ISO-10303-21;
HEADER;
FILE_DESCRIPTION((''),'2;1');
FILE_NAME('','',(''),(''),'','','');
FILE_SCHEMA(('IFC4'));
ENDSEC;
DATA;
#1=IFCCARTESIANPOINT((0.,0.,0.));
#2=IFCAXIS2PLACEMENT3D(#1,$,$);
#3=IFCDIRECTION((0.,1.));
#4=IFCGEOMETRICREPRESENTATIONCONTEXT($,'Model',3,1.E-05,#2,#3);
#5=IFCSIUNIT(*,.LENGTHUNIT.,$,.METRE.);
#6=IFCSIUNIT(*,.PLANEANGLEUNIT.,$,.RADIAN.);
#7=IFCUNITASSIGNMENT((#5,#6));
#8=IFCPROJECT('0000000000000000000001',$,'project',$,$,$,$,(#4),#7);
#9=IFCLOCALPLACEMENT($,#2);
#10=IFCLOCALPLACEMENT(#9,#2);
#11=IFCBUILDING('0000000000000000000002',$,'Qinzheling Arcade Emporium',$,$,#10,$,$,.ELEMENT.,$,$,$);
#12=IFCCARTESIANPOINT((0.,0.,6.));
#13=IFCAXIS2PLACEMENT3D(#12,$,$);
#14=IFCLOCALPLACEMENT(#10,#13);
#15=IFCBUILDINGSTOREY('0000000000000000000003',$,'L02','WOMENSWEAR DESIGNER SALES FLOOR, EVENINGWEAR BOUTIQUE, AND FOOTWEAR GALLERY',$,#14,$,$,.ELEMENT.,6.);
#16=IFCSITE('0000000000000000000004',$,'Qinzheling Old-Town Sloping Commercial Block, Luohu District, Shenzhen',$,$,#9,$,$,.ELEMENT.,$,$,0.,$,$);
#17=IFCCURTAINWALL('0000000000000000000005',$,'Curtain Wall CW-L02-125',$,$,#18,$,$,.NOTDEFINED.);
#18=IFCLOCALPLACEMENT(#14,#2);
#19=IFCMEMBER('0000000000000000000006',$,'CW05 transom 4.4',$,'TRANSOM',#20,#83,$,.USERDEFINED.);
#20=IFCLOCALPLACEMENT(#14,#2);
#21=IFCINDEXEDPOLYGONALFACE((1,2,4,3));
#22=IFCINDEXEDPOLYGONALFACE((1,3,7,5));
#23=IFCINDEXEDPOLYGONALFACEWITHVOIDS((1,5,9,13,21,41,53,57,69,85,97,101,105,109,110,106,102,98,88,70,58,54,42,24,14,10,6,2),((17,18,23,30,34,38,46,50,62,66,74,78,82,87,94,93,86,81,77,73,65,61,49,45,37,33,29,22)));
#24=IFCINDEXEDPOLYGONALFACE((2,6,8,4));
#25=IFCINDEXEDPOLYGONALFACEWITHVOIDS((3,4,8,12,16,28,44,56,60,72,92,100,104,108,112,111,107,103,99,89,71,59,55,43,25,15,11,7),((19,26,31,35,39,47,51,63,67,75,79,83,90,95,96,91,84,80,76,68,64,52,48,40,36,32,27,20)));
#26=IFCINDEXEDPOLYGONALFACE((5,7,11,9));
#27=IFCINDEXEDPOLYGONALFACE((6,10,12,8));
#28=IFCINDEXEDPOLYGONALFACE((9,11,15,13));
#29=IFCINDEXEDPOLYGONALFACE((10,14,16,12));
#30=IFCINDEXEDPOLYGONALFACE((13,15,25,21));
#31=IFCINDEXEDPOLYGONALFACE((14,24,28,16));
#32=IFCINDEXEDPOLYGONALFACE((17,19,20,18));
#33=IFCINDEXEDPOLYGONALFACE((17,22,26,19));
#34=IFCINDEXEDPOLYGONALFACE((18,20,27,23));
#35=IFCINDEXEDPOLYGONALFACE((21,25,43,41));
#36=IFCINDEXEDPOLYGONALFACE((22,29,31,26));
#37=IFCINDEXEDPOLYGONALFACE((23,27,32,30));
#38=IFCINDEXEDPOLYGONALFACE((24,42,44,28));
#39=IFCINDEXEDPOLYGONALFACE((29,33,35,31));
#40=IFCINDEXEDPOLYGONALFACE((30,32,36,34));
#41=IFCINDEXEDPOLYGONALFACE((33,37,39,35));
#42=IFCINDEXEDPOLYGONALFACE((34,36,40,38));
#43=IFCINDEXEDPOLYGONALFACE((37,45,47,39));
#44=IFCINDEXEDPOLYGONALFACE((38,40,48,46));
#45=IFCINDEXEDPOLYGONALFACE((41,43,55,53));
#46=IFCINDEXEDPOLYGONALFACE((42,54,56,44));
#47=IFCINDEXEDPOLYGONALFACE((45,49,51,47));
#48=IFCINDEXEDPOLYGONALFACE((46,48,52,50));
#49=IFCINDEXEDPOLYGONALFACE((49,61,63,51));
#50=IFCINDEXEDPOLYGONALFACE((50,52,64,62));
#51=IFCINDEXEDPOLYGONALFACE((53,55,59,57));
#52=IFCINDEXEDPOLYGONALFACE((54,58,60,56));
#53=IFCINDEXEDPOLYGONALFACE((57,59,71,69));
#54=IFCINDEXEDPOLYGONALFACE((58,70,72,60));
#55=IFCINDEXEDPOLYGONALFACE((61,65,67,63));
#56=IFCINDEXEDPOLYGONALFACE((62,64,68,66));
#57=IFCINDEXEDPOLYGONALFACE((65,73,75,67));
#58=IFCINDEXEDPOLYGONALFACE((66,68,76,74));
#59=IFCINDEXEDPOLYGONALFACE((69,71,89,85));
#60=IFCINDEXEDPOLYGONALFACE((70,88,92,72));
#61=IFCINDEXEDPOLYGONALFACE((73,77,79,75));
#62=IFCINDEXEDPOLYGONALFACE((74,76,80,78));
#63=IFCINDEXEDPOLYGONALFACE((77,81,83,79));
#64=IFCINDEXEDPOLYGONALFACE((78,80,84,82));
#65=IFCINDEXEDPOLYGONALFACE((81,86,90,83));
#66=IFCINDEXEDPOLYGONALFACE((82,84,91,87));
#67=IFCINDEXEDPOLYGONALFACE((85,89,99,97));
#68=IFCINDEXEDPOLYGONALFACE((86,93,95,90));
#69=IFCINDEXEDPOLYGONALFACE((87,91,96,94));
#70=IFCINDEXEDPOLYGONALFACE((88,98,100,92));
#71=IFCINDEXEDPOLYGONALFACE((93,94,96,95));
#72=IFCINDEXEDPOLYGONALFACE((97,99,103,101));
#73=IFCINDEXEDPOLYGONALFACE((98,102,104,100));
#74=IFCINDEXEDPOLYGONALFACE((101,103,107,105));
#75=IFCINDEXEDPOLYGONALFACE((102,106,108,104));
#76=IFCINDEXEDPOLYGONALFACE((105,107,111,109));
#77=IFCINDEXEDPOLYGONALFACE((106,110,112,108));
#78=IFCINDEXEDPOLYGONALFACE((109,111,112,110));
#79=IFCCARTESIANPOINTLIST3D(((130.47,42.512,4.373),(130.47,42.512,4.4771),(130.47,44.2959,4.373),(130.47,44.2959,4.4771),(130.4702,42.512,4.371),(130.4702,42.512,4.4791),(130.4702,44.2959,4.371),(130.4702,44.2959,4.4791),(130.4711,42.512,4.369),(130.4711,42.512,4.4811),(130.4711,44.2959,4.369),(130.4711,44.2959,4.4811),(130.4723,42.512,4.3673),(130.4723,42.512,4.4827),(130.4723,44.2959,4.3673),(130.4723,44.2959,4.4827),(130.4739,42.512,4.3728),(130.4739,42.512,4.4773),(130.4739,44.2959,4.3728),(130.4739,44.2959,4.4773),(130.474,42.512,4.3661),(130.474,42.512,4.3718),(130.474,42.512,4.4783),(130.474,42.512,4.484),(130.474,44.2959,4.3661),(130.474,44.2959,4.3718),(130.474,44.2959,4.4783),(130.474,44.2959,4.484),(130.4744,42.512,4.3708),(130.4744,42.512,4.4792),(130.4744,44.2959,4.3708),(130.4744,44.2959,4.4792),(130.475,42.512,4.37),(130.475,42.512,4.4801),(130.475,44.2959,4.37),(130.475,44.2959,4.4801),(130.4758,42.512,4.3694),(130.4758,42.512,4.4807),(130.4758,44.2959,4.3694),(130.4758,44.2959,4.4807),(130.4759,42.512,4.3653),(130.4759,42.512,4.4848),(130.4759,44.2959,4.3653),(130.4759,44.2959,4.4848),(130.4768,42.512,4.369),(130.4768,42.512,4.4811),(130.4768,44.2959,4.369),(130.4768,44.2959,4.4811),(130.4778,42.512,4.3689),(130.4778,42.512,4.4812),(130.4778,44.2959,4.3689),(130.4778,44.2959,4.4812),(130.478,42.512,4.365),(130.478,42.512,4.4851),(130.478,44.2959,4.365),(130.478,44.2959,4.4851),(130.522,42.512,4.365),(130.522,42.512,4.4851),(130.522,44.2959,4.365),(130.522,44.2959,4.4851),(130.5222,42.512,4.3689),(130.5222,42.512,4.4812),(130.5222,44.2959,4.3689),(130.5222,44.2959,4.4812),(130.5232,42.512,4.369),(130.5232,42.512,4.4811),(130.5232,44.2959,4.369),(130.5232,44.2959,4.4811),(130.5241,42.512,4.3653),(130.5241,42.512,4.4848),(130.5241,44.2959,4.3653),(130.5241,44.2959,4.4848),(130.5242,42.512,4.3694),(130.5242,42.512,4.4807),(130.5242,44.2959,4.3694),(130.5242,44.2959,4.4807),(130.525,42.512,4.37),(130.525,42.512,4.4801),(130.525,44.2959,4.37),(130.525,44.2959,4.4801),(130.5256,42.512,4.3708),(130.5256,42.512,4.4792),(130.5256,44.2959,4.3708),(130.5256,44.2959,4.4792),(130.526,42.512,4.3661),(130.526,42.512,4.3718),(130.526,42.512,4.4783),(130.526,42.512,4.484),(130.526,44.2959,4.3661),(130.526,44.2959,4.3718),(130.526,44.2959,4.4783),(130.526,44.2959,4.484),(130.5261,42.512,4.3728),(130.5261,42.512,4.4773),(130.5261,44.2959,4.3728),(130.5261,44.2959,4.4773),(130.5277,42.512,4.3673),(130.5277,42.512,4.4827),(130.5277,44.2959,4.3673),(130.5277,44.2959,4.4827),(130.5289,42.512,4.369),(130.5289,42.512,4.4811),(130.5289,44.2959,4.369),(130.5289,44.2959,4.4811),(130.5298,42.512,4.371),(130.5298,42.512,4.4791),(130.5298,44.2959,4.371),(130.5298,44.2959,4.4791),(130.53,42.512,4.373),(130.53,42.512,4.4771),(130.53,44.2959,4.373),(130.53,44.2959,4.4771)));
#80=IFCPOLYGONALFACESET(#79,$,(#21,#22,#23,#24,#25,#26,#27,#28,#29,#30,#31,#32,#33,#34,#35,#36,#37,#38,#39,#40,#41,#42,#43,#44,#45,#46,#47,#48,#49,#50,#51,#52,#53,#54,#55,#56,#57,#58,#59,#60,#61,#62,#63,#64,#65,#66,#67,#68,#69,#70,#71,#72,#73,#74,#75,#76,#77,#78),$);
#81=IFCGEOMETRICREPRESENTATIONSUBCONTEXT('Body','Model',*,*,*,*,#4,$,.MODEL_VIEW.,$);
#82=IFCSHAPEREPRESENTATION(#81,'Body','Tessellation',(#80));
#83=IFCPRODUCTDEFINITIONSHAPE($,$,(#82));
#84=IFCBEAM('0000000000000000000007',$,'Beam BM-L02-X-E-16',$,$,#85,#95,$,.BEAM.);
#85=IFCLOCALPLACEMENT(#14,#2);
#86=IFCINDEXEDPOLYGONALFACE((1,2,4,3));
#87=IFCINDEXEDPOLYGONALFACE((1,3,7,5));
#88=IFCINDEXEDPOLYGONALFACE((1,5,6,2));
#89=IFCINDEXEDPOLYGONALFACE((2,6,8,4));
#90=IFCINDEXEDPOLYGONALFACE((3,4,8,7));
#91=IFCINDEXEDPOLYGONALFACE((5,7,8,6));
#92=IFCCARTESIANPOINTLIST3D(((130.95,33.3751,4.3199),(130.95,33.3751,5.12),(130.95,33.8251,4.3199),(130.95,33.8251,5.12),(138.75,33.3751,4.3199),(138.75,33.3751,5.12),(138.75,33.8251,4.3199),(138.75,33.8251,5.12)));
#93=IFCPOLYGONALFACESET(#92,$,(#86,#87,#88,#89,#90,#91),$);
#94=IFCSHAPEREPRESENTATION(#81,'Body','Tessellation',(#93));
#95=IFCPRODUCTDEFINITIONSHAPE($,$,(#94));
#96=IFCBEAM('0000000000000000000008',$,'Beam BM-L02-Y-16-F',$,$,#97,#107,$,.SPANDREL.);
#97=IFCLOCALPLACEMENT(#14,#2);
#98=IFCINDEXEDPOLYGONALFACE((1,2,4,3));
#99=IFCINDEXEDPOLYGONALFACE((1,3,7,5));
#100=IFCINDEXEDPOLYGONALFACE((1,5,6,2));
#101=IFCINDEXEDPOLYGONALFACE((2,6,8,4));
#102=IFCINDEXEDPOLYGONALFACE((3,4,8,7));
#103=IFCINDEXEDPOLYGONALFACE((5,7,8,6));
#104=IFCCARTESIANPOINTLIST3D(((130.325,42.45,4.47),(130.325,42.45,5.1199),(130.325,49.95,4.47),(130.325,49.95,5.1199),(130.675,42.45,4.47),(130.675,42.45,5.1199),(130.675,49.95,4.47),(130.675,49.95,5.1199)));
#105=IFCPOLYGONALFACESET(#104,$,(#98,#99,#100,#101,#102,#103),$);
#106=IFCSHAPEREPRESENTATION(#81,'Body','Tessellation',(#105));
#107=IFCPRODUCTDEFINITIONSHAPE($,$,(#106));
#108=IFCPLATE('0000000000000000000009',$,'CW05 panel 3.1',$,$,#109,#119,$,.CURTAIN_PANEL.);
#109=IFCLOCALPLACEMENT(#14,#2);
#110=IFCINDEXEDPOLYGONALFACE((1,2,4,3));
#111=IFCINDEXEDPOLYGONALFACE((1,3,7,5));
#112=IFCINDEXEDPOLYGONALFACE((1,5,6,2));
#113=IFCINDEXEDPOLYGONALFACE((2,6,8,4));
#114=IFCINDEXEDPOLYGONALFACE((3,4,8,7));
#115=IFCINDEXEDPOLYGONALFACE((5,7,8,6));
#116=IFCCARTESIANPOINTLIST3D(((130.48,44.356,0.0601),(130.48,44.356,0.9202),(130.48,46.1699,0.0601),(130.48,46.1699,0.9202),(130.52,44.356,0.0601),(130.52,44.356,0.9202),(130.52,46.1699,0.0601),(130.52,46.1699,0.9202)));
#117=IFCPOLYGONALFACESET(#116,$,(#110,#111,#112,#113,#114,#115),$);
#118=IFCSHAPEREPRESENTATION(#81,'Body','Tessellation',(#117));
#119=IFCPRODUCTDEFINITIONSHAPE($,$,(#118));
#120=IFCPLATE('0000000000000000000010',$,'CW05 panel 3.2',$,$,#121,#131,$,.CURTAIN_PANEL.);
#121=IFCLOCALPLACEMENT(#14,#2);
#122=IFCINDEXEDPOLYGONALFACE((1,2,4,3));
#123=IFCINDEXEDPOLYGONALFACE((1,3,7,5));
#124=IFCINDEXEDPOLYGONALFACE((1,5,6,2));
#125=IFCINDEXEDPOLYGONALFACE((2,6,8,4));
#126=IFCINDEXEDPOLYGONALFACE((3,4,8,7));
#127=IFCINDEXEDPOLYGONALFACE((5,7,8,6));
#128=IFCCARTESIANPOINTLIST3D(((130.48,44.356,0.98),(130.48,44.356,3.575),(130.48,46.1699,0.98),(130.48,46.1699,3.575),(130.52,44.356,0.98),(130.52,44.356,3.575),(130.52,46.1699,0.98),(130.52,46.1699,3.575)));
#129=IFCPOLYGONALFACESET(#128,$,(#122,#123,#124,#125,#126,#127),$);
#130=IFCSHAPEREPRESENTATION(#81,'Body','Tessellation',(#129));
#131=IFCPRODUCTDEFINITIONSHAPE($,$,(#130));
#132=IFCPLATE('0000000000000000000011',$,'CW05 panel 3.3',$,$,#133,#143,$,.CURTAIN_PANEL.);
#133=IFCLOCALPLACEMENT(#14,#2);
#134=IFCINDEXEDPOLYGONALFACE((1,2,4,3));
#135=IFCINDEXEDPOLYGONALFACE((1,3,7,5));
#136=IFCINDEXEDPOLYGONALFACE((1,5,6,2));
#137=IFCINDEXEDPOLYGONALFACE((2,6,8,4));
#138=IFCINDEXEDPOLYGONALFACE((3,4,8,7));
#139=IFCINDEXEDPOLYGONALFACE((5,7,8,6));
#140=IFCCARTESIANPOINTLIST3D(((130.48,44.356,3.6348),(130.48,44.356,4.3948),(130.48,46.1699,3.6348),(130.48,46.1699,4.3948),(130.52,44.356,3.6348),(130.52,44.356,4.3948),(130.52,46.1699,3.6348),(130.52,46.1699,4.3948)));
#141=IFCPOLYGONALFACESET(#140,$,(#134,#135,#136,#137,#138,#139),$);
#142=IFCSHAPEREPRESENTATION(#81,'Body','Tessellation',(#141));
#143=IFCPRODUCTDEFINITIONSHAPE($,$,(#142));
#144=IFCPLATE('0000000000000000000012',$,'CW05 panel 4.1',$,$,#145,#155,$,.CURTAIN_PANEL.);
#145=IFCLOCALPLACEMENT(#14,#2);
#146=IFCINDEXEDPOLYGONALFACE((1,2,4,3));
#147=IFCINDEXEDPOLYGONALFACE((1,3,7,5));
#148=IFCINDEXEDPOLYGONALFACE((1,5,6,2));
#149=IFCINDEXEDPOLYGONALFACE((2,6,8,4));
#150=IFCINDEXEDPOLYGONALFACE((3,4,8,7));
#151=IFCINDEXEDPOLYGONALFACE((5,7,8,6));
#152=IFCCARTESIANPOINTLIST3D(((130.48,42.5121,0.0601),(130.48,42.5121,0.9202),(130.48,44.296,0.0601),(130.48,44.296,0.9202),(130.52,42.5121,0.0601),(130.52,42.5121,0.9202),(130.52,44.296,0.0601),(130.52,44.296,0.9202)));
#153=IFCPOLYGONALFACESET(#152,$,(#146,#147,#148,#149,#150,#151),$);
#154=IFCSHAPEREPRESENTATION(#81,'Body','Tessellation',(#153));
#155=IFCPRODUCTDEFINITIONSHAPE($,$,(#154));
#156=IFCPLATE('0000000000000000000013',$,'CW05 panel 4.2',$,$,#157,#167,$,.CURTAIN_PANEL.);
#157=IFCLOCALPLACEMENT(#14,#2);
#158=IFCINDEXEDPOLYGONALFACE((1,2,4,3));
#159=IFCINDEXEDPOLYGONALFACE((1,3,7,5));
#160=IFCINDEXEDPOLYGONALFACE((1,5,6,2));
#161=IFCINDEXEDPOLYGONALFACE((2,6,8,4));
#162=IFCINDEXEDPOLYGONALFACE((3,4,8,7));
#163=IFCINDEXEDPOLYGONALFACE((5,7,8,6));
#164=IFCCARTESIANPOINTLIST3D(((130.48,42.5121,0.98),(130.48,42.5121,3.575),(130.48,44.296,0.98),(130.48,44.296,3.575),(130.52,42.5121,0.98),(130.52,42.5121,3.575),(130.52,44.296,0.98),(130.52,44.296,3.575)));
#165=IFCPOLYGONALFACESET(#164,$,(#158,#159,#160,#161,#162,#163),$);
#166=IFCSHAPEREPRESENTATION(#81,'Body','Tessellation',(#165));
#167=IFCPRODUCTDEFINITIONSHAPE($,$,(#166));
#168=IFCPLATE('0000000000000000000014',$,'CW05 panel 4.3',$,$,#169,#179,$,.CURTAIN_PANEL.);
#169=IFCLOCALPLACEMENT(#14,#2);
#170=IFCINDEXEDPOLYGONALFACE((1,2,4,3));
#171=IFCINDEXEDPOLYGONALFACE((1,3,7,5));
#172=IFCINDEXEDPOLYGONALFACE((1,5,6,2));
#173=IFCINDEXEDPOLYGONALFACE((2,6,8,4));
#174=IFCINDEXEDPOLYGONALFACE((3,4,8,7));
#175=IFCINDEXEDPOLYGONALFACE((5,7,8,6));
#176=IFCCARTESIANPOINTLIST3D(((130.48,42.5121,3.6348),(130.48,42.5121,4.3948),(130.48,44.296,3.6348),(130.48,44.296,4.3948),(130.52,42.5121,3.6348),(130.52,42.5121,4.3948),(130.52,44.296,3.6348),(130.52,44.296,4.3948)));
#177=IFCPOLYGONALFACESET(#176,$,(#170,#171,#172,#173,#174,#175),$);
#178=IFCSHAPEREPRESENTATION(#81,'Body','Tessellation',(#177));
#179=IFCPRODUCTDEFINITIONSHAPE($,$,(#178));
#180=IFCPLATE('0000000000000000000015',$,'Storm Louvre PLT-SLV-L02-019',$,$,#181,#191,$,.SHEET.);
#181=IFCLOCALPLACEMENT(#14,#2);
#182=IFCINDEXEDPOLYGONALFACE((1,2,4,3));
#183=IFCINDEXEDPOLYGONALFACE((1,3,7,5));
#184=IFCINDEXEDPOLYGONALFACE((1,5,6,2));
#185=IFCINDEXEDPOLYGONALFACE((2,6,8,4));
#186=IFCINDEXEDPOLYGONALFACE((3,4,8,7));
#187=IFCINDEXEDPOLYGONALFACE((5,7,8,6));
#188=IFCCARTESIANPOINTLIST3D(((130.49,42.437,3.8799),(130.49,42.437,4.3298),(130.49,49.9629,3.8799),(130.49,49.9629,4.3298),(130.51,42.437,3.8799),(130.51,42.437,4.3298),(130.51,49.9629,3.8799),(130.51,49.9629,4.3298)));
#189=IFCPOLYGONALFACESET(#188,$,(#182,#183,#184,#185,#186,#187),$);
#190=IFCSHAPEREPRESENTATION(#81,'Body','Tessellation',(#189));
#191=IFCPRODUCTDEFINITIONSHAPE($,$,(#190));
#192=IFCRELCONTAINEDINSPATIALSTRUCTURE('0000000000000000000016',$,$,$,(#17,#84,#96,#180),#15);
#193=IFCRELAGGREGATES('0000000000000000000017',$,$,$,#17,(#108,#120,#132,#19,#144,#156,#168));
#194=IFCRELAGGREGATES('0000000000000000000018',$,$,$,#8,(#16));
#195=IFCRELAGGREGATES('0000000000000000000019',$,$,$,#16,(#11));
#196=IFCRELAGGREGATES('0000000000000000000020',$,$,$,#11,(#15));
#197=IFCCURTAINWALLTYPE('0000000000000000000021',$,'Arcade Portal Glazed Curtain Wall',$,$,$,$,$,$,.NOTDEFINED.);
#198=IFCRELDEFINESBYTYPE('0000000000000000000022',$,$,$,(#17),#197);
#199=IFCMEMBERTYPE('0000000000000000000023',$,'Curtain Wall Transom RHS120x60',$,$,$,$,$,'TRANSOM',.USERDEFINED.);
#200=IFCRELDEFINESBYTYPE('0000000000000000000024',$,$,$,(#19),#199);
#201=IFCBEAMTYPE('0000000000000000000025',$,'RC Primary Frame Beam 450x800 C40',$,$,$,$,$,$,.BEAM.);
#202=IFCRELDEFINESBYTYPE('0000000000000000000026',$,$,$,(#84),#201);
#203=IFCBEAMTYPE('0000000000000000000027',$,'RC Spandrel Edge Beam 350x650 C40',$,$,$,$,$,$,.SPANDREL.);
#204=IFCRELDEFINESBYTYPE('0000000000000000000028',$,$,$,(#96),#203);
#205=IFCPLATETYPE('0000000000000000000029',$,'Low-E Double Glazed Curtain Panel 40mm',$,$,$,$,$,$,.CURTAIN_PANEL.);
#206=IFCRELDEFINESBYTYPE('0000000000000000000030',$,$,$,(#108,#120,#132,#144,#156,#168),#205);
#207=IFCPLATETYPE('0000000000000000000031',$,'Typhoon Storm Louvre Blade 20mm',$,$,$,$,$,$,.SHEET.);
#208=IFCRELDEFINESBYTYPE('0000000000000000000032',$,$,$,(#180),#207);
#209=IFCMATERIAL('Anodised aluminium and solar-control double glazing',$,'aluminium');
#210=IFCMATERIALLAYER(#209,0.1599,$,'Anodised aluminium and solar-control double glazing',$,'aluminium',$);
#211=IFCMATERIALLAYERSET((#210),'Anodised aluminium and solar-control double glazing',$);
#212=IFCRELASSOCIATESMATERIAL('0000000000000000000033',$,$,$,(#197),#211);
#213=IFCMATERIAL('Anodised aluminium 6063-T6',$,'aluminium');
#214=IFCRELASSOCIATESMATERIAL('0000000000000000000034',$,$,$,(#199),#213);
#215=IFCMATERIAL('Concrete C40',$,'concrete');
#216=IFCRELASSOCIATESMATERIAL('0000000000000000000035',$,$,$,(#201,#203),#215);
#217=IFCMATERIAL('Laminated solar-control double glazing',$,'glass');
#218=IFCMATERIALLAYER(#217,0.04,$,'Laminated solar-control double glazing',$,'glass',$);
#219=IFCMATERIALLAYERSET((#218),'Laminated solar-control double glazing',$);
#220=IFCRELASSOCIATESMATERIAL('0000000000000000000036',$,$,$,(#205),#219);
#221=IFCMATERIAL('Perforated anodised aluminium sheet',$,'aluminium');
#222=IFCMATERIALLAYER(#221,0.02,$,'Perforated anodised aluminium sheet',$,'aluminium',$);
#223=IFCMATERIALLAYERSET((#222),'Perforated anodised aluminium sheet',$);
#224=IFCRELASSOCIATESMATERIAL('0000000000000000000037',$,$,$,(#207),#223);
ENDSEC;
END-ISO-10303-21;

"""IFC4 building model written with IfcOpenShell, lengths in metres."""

from ifc_helpers import new_model, si_unit, direction, frame, origin, origin_2d, place, context, subcontext, project, spatial, rectangle, hollow_rectangle, extrude, material, layer, layer_set, material_profile, profile_set, type_object, element, aggregate, save


model = new_model("IFC4")

# Units and contexts
model_context = context("Model", 3, precision=1e-05, world=origin(), true_north=direction((0.0, 1.0)))
body_context = subcontext(model_context, "Body", "Model", "MODEL_VIEW")
ifc_project = project(units=[si_unit("LENGTHUNIT", "METRE"), si_unit("PLANEANGLEUNIT", "RADIAN")], contexts=[model_context])

# Site, building, storey
site_placement = place(None, origin())
site = spatial("IfcSite", under=ifc_project, at=site_placement, Name="Qinzheling Old-Town Sloping Commercial Block, Luohu District, Shenzhen", CompositionType="ELEMENT", RefElevation=0.0)
building_placement = place(site_placement, origin())
building = spatial("IfcBuilding", under=site, at=building_placement, Name="Qinzheling Arcade Emporium", CompositionType="ELEMENT")
storey_placement = place(building_placement, frame((0.0, 0.0, 6.0)))
storey = spatial("IfcBuildingStorey", under=building, at=storey_placement, Name="L02", Description="WOMENSWEAR DESIGNER SALES FLOOR, EVENINGWEAR BOUTIQUE, AND FOOTWEAR GALLERY", CompositionType="ELEMENT", Elevation=6.0)

# Curtain wall, member
ifc_material_1 = material(Name="Anodised aluminium and solar-control double glazing", Category="aluminium")
ifc_layer_1 = layer(ifc_material_1, 0.1599, Name="Anodised aluminium and solar-control double glazing", Category="aluminium")
ifc_layer_set_1 = layer_set([ifc_layer_1], Name="Anodised aluminium and solar-control double glazing")
curtain_wall_type = type_object("IfcCurtainWallType", Name="Arcade Portal Glazed Curtain Wall", PredefinedType="NOTDEFINED", material=ifc_layer_set_1)
curtain_wall_placement = place(storey_placement, origin())
curtain_wall = element("IfcCurtainWall", 1, at=curtain_wall_placement, inside=storey, type_object=curtain_wall_type, Name="Curtain Wall CW-L02-125", PredefinedType="NOTDEFINED")
ifc_material_2 = material(Name="Anodised aluminium 6063-T6", Category="aluminium")
ifc_material_profile_1 = material_profile(ifc_material_2, hollow_rectangle(XDim=0.0601, YDim=0.1201, WallThickness=0.0039, InnerFilletRadius=0.0039, OuterFilletRadius=0.0081, at=origin_2d()), Name="RHS 120x60x4", Category="aluminium")
ifc_profile_set_1 = profile_set([ifc_material_profile_1], Name="Anodised aluminium 6063-T6")
member_type_1 = type_object("IfcMemberType", Name="Curtain Wall Transom RHS120x60", ElementType="TRANSOM", PredefinedType="USERDEFINED", material=ifc_profile_set_1)
member_1_placement = place(storey_placement, frame((130.5, 44.2959, 4.425), z_axis=(0.0, -1.0, 0.0), x_axis=(1.0, 0.0, 0.0)))
member_1 = element("IfcMember", 2, at=member_1_placement, type_object=member_type_1, Name="CW05 transom 4.4", ObjectType="TRANSOM", PredefinedType="USERDEFINED", context=body_context, shape_type="SweptSolid", body=[
    extrude(hollow_rectangle(XDim=0.0601, YDim=0.1201, WallThickness=0.0039, InnerFilletRadius=0.0039, OuterFilletRadius=0.0081, at=origin_2d()), origin(), (0.0, 0.0, 1.0), 1.7839),
])

# Beams
ifc_material_3 = material(Name="Concrete C40", Category="concrete")
ifc_material_profile_2 = material_profile(ifc_material_3, rectangle(XDim=0.45, YDim=0.8, at=origin_2d()), Name="RC 450x800", Category="concrete")
ifc_profile_set_2 = profile_set([ifc_material_profile_2], Name="Concrete C40")
beam_type_1 = type_object("IfcBeamType", Name="RC Primary Frame Beam 450x800 C40", PredefinedType="BEAM", material=ifc_profile_set_2)
beam_1_placement = place(storey_placement, frame((130.95, 33.6001, 4.72), z_axis=(1.0, 0.0, 0.0), x_axis=(0.0, 1.0, 0.0)))
element("IfcBeam", 3, at=beam_1_placement, inside=storey, type_object=beam_type_1, Name="Beam BM-L02-X-E-16", PredefinedType="BEAM", context=body_context, shape_type="SweptSolid", body=[
    extrude(rectangle(XDim=0.45, YDim=0.8, at=origin_2d()), origin(), (0.0, 0.0, 1.0), 7.8),
])
ifc_material_profile_3 = material_profile(ifc_material_3, rectangle(XDim=0.3501, YDim=0.6499, at=origin_2d()), Name="RC 350x650", Category="concrete")
ifc_profile_set_3 = profile_set([ifc_material_profile_3], Name="Concrete C40")
beam_type_2 = type_object("IfcBeamType", Name="RC Spandrel Edge Beam 350x650 C40", PredefinedType="SPANDREL", material=ifc_profile_set_3)
beam_2_placement = place(storey_placement, frame((130.5, 42.45, 4.7949), z_axis=(0.0, 1.0, 0.0), x_axis=(-1.0, 0.0, 0.0)))
element("IfcBeam", 4, at=beam_2_placement, inside=storey, type_object=beam_type_2, Name="Beam BM-L02-Y-16-F", PredefinedType="SPANDREL", context=body_context, shape_type="SweptSolid", body=[
    extrude(rectangle(XDim=0.3501, YDim=0.6499, at=origin_2d()), origin(), (0.0, 0.0, 1.0), 7.5),
])

# Plates
ifc_material_4 = material(Name="Laminated solar-control double glazing", Category="glass")
ifc_layer_2 = layer(ifc_material_4, 0.04, Name="Laminated solar-control double glazing", Category="glass")
ifc_layer_set_2 = layer_set([ifc_layer_2], Name="Laminated solar-control double glazing")
plate_type_1 = type_object("IfcPlateType", Name="Low-E Double Glazed Curtain Panel 40mm", PredefinedType="CURTAIN_PANEL", material=ifc_layer_set_2)
plate_1_placement = place(storey_placement, frame((130.5, 45.2629, 0.0601), z_axis=(0.0, 0.0, 1.0), x_axis=(0.0, -1.0, 0.0)))
plate_1 = element("IfcPlate", 5, at=plate_1_placement, type_object=plate_type_1, Name="CW05 panel 3.1", PredefinedType="CURTAIN_PANEL", context=body_context, shape_type="SweptSolid", body=[
    extrude(rectangle(XDim=1.814, YDim=0.04, at=origin_2d()), origin(), (0.0, 0.0, 1.0), 0.8601),
])
plate_2_placement = place(storey_placement, frame((130.5, 45.2629, 0.98), z_axis=(0.0, 0.0, 1.0), x_axis=(0.0, -1.0, 0.0)))
plate_2 = element("IfcPlate", 6, at=plate_2_placement, type_object=plate_type_1, Name="CW05 panel 3.2", PredefinedType="CURTAIN_PANEL", context=body_context, shape_type="SweptSolid", body=[
    extrude(rectangle(XDim=1.814, YDim=0.04, at=origin_2d()), origin(), (0.0, 0.0, 1.0), 2.595),
])
plate_3_placement = place(storey_placement, frame((130.5, 45.2629, 3.6348), z_axis=(0.0, 0.0, 1.0), x_axis=(0.0, -1.0, 0.0)))
plate_3 = element("IfcPlate", 7, at=plate_3_placement, type_object=plate_type_1, Name="CW05 panel 3.3", PredefinedType="CURTAIN_PANEL", context=body_context, shape_type="SweptSolid", body=[
    extrude(rectangle(XDim=1.814, YDim=0.04, at=origin_2d()), origin(), (0.0, 0.0, 1.0), 0.76),
])
plate_4_placement = place(storey_placement, frame((130.5, 43.4041, 0.0601), z_axis=(0.0, 0.0, 1.0), x_axis=(0.0, -1.0, 0.0)))
plate_4 = element("IfcPlate", 8, at=plate_4_placement, type_object=plate_type_1, Name="CW05 panel 4.1", PredefinedType="CURTAIN_PANEL", context=body_context, shape_type="SweptSolid", body=[
    extrude(rectangle(XDim=1.7839, YDim=0.04, at=origin_2d()), origin(), (0.0, 0.0, 1.0), 0.8601),
])
plate_5_placement = place(storey_placement, frame((130.5, 43.4041, 0.98), z_axis=(0.0, 0.0, 1.0), x_axis=(0.0, -1.0, 0.0)))
plate_5 = element("IfcPlate", 9, at=plate_5_placement, type_object=plate_type_1, Name="CW05 panel 4.2", PredefinedType="CURTAIN_PANEL", context=body_context, shape_type="SweptSolid", body=[
    extrude(rectangle(XDim=1.7839, YDim=0.04, at=origin_2d()), origin(), (0.0, 0.0, 1.0), 2.595),
])
plate_6_placement = place(storey_placement, frame((130.5, 43.4041, 3.6348), z_axis=(0.0, 0.0, 1.0), x_axis=(0.0, -1.0, 0.0)))
plate_6 = element("IfcPlate", 10, at=plate_6_placement, type_object=plate_type_1, Name="CW05 panel 4.3", PredefinedType="CURTAIN_PANEL", context=body_context, shape_type="SweptSolid", body=[
    extrude(rectangle(XDim=1.7839, YDim=0.04, at=origin_2d()), origin(), (0.0, 0.0, 1.0), 0.76),
])
aggregate(curtain_wall, [plate_1, plate_2, plate_3, member_1, plate_4, plate_5, plate_6])
ifc_material_5 = material(Name="Perforated anodised aluminium sheet", Category="aluminium")
ifc_layer_3 = layer(ifc_material_5, 0.02, Name="Perforated anodised aluminium sheet", Category="aluminium")
ifc_layer_set_3 = layer_set([ifc_layer_3], Name="Perforated anodised aluminium sheet")
plate_type_2 = type_object("IfcPlateType", Name="Typhoon Storm Louvre Blade 20mm", PredefinedType="SHEET", material=ifc_layer_set_3)
plate_7_placement = place(storey_placement, frame((130.5, 46.2, 3.8799), z_axis=(0.0, 0.0, 1.0), x_axis=(0.0, -1.0, 0.0)))
element("IfcPlate", 11, at=plate_7_placement, inside=storey, type_object=plate_type_2, Name="Storm Louvre PLT-SLV-L02-019", PredefinedType="SHEET", context=body_context, shape_type="SweptSolid", body=[
    extrude(rectangle(XDim=7.5259, YDim=0.02, at=origin_2d()), origin(), (0.0, 0.0, 1.0), 0.45),
])

save(model, "model.ifc")
